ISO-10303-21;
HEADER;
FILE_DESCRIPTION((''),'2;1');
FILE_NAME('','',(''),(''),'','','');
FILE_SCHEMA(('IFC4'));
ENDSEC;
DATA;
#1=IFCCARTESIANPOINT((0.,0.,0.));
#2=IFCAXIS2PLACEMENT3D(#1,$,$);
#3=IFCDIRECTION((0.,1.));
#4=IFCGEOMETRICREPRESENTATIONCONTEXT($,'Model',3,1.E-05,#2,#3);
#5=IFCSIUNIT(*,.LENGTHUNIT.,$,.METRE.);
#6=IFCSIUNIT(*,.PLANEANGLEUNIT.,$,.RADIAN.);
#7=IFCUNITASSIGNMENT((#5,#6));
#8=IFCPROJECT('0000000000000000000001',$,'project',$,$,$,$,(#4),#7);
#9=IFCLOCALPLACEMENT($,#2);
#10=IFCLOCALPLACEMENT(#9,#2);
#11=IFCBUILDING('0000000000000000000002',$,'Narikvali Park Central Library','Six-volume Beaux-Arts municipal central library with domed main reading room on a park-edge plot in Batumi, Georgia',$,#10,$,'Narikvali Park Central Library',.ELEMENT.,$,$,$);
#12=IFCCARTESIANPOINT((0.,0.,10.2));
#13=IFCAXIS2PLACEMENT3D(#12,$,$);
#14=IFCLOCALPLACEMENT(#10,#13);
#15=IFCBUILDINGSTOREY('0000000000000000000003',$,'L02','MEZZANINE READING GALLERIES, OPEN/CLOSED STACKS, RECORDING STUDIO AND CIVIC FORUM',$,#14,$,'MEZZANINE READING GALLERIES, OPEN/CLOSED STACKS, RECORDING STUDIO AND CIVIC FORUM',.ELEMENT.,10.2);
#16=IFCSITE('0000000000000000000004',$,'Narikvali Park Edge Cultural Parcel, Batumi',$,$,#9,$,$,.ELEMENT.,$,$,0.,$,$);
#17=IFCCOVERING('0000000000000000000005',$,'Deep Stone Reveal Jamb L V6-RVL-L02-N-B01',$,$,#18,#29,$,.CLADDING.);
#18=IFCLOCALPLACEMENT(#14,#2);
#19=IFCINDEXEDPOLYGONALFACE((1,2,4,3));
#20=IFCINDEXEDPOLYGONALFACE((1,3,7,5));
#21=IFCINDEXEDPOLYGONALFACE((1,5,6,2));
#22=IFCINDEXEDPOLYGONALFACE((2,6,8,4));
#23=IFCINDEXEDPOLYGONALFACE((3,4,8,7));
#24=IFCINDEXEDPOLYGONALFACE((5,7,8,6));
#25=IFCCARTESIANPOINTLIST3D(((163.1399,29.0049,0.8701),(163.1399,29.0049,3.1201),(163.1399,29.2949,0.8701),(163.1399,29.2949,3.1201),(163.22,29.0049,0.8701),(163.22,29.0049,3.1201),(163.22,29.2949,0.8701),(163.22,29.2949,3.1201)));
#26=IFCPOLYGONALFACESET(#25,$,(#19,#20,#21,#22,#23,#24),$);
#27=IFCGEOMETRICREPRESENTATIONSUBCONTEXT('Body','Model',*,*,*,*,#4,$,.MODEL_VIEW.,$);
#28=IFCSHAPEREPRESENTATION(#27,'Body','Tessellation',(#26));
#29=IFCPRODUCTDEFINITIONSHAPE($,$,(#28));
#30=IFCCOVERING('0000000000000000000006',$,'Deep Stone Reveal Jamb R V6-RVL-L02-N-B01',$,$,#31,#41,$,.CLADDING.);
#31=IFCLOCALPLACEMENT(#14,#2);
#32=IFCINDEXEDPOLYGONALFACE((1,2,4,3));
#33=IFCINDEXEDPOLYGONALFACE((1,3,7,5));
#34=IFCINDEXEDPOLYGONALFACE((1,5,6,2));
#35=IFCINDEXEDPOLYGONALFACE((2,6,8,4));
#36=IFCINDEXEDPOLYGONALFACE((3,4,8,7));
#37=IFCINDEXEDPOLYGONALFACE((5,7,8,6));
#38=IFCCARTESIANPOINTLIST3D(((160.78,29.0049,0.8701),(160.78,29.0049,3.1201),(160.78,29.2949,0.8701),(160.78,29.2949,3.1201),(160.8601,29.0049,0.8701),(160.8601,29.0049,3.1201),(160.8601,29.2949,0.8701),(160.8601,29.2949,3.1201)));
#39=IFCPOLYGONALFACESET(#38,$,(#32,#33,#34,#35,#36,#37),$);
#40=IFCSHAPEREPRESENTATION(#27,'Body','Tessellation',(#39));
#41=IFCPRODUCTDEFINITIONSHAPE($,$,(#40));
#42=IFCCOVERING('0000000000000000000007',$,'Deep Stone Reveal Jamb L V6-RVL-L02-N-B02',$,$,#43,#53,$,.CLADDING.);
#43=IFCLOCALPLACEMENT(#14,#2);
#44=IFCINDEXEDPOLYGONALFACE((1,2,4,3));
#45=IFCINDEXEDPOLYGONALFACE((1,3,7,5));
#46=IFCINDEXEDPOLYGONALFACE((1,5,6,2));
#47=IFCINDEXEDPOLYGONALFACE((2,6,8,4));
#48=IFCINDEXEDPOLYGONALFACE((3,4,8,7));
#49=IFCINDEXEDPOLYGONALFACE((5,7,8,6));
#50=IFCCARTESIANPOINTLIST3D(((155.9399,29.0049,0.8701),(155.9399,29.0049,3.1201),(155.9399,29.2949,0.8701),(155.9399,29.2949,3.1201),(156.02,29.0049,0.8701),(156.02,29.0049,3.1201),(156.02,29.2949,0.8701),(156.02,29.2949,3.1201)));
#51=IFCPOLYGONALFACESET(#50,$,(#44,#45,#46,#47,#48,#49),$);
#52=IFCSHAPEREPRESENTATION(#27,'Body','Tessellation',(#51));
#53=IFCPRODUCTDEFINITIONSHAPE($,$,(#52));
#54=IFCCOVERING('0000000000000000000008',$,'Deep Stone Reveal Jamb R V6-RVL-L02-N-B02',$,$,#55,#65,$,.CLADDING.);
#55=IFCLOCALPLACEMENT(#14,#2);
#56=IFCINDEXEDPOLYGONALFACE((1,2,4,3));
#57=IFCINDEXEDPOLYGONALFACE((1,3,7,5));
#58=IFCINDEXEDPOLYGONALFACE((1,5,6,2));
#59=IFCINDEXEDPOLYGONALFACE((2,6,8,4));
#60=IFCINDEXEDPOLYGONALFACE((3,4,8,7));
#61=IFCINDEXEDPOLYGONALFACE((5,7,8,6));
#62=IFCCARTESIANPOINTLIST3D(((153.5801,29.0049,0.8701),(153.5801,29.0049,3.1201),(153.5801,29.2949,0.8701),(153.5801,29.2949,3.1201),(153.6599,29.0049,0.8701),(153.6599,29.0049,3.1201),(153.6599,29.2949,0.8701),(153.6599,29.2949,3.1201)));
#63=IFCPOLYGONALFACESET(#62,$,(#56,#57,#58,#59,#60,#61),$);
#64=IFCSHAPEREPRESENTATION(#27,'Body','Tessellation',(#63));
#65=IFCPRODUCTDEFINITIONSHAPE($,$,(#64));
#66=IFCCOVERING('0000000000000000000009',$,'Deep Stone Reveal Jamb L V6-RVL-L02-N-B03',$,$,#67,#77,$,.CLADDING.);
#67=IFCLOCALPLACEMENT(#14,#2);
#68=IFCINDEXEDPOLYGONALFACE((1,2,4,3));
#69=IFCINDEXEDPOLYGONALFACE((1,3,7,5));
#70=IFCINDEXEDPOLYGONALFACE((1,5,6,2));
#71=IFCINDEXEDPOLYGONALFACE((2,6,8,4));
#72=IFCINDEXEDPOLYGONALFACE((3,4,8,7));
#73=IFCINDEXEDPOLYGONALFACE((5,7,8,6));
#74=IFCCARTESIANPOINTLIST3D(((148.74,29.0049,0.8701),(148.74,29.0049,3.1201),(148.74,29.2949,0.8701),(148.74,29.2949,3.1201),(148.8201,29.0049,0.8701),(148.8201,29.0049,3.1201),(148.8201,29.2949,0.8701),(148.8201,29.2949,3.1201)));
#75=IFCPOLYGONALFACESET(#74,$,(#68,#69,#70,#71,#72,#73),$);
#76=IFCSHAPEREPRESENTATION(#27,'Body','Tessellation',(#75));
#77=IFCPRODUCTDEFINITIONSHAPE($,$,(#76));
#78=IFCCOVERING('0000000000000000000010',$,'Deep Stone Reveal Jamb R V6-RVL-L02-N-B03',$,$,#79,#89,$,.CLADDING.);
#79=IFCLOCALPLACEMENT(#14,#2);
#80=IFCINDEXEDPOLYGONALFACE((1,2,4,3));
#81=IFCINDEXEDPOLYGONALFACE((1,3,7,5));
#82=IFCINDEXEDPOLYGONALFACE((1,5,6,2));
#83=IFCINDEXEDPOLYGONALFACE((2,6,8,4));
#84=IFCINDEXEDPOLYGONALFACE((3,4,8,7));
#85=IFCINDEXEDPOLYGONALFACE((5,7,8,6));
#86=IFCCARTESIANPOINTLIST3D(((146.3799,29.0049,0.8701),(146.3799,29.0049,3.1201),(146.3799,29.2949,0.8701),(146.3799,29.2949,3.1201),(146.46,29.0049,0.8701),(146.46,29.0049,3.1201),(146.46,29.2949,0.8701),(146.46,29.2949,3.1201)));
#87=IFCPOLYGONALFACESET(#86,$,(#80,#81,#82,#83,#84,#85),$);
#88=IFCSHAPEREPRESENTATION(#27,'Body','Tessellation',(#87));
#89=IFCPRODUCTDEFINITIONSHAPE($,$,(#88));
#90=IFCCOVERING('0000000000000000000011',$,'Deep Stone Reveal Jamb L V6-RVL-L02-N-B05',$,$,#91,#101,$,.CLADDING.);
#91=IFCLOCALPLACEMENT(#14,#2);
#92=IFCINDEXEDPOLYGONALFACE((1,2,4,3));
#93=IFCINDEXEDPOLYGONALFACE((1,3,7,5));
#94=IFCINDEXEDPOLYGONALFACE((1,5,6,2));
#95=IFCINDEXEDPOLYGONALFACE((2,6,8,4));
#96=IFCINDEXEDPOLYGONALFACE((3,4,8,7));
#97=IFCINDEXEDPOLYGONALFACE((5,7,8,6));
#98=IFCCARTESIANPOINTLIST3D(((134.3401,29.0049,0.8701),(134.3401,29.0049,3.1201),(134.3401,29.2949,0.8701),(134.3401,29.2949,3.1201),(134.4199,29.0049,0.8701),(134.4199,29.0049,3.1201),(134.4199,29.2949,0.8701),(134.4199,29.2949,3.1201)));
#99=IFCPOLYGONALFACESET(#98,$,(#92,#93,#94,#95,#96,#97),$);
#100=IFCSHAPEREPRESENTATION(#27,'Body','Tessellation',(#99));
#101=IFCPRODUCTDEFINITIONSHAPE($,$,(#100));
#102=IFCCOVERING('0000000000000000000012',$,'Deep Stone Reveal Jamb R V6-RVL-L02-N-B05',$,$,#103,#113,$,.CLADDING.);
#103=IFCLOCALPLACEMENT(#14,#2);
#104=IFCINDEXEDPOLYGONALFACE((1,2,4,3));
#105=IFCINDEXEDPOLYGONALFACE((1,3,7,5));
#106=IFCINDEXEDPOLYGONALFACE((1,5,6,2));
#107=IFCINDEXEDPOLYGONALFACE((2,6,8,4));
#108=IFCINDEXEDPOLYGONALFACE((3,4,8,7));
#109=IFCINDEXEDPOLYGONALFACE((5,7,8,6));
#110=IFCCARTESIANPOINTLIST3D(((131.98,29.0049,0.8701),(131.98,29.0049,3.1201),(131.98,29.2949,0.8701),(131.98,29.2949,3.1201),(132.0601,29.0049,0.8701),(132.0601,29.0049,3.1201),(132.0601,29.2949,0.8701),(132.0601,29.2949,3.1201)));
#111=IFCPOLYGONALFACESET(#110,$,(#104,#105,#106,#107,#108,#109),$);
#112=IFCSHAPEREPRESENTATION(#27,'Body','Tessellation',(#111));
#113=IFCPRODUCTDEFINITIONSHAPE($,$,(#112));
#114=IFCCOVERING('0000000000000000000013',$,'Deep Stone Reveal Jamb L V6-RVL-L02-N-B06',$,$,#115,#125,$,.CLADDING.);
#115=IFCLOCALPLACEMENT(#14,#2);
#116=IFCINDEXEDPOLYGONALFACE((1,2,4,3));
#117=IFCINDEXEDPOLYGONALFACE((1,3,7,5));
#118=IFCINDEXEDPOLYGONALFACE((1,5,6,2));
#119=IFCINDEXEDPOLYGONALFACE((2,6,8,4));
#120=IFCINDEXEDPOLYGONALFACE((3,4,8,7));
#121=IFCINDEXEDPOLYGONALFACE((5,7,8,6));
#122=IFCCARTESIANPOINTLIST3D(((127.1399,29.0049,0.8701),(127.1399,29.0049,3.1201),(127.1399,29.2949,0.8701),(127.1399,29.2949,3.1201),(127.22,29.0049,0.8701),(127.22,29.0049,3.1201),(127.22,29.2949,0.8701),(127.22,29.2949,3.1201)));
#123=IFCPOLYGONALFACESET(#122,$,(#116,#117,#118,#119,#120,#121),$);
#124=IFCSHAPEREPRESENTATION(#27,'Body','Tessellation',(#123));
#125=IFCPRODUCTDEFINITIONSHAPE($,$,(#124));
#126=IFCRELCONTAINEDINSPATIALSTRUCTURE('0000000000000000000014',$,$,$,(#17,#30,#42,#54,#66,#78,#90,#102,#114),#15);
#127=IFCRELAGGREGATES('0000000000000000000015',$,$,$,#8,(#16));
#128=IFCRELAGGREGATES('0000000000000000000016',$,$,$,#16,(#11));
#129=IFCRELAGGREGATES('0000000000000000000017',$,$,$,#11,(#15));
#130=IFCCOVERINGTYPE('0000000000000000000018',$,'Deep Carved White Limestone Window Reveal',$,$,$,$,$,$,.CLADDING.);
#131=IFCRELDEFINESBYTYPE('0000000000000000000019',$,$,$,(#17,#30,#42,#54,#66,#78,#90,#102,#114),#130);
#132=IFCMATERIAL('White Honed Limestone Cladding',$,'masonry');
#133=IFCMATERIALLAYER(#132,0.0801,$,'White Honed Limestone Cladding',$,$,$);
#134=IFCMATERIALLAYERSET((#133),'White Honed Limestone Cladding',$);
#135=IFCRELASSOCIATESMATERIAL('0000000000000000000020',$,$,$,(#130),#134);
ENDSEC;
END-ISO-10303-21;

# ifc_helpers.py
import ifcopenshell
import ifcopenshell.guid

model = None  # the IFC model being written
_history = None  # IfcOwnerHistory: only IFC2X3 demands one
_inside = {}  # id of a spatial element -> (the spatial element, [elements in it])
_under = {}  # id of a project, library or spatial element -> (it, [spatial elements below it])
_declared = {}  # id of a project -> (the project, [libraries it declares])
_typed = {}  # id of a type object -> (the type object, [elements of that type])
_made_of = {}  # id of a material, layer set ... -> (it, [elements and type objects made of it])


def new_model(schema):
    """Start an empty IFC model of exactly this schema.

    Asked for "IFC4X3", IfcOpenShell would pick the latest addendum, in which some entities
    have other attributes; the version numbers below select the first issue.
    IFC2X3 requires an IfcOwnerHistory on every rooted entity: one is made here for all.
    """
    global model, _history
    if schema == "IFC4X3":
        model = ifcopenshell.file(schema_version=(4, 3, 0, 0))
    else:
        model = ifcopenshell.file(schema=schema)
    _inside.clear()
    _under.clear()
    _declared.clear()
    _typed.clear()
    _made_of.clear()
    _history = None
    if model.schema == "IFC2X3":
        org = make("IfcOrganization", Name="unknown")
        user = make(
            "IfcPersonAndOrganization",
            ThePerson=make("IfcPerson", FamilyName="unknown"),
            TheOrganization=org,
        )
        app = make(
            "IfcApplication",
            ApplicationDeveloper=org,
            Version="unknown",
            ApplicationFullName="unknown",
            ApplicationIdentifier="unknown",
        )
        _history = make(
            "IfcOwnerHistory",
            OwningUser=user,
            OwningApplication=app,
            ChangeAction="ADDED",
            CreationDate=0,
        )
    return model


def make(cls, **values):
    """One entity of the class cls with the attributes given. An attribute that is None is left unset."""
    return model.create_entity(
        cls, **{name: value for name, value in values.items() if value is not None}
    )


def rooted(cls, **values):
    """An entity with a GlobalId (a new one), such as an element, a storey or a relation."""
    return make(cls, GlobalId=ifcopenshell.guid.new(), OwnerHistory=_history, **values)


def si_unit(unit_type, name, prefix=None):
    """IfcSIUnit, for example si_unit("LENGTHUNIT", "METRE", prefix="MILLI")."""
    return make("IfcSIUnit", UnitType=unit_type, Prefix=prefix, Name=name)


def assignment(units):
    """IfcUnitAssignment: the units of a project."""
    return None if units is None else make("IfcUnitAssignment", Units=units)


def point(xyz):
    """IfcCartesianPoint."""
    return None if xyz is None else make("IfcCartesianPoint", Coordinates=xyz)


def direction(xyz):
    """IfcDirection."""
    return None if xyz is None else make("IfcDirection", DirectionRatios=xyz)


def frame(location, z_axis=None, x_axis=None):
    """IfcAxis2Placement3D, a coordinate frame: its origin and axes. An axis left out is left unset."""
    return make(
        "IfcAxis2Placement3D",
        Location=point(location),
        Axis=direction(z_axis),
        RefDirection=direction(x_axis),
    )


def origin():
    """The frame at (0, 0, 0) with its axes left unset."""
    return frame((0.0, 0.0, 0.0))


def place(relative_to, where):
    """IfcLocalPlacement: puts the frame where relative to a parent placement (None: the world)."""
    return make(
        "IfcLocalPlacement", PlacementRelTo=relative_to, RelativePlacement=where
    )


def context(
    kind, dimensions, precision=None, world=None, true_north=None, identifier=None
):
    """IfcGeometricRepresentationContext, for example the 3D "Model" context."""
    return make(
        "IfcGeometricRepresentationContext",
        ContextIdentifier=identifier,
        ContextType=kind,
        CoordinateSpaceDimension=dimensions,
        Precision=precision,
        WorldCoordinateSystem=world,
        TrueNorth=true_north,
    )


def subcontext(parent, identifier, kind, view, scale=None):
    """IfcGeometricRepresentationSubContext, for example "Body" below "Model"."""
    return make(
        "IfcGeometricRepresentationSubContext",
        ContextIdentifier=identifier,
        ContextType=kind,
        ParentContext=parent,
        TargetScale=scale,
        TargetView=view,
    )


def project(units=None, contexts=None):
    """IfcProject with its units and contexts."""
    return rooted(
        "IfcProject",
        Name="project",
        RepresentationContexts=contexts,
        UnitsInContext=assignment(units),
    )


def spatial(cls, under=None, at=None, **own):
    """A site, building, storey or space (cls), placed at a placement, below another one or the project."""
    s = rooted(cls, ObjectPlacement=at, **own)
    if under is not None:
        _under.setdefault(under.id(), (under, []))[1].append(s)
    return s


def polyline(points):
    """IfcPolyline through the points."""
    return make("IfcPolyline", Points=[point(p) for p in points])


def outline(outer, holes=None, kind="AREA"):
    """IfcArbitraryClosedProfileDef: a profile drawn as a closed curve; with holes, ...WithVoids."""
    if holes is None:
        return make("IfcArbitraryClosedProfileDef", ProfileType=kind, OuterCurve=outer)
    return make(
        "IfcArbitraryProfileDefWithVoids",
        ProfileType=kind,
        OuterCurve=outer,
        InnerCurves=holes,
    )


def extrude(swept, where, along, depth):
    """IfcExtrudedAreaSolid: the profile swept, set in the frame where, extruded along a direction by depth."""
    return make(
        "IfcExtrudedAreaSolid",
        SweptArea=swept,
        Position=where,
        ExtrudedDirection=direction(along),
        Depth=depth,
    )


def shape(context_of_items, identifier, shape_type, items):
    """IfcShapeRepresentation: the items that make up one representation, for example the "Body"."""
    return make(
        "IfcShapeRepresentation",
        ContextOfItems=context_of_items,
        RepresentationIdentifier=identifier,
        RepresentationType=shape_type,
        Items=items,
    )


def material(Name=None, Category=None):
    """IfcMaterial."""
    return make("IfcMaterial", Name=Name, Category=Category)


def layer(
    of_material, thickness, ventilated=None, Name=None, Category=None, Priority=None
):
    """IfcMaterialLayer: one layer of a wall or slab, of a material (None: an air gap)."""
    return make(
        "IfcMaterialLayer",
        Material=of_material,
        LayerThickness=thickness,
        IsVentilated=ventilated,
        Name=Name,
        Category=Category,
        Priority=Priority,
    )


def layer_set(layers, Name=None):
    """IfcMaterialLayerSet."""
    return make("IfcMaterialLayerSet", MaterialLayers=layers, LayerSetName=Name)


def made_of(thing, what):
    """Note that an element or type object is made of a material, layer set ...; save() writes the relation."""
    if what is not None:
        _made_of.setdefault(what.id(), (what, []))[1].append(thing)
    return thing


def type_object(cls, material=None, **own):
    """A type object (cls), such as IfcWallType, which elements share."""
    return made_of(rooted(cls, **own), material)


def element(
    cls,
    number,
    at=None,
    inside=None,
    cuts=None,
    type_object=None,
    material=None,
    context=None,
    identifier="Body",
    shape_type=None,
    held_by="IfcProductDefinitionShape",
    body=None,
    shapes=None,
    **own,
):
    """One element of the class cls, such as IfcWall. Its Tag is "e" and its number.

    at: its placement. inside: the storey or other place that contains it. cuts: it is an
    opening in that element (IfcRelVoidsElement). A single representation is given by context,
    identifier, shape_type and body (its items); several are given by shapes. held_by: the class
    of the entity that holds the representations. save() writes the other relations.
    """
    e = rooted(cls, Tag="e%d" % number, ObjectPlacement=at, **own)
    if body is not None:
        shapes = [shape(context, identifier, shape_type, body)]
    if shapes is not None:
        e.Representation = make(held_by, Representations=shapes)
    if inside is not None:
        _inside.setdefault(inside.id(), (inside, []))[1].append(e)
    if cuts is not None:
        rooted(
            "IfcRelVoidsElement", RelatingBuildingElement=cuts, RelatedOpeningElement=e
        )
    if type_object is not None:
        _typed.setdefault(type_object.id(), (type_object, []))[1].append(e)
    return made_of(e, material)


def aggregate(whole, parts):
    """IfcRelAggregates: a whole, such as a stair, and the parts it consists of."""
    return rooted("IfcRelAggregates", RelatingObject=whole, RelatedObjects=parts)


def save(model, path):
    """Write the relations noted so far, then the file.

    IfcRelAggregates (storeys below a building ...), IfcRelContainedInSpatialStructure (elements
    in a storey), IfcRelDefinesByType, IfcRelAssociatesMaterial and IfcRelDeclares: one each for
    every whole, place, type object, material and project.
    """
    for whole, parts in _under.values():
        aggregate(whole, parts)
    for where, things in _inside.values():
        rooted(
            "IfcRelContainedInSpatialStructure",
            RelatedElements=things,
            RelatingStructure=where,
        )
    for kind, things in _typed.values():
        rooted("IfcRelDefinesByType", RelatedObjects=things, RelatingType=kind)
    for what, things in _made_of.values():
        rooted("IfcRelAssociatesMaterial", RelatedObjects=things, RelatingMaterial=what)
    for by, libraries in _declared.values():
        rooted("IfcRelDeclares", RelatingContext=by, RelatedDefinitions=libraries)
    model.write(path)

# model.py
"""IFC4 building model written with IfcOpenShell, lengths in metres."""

from ifc_helpers import new_model, si_unit, direction, frame, origin, place, context, subcontext, project, spatial, polyline, outline, extrude, material, layer, layer_set, type_object, element, save


model = new_model("IFC4")

# Units and contexts
model_context = context("Model", 3, precision=1e-05, world=origin(), true_north=direction((0.0, 1.0)))
body_context = subcontext(model_context, "Body", "Model", "MODEL_VIEW")
ifc_project = project(units=[si_unit("LENGTHUNIT", "METRE"), si_unit("PLANEANGLEUNIT", "RADIAN")], contexts=[model_context])

# Site, building, storey
site_placement = place(None, origin())
site = spatial("IfcSite", under=ifc_project, at=site_placement, Name="Narikvali Park Edge Cultural Parcel, Batumi", CompositionType="ELEMENT", RefElevation=0.0)
building_placement = place(site_placement, origin())
building = spatial("IfcBuilding", under=site, at=building_placement, Name="Narikvali Park Central Library", Description="Six-volume Beaux-Arts municipal central library with domed main reading room on a park-edge plot in Batumi, Georgia", LongName="Narikvali Park Central Library", CompositionType="ELEMENT")
storey_placement = place(building_placement, frame((0.0, 0.0, 10.2)))
storey = spatial("IfcBuildingStorey", under=building, at=storey_placement, Name="L02", Description="MEZZANINE READING GALLERIES, OPEN/CLOSED STACKS, RECORDING STUDIO AND CIVIC FORUM", LongName="MEZZANINE READING GALLERIES, OPEN/CLOSED STACKS, RECORDING STUDIO AND CIVIC FORUM", CompositionType="ELEMENT", Elevation=10.2)

# Coverings
ifc_material = material(Name="White Honed Limestone Cladding", Category="masonry")
ifc_layer = layer(ifc_material, 0.0801, Name="White Honed Limestone Cladding")
ifc_layer_set = layer_set([ifc_layer], Name="White Honed Limestone Cladding")
covering_type = type_object("IfcCoveringType", Name="Deep Carved White Limestone Window Reveal", PredefinedType="CLADDING", material=ifc_layer_set)
covering_1_placement = place(storey_placement, frame((0.0, 0.0, 0.8701)))
element("IfcCovering", 1, at=covering_1_placement, inside=storey, type_object=covering_type, Name="Deep Stone Reveal Jamb L V6-RVL-L02-N-B01", PredefinedType="CLADDING", context=body_context, shape_type="SweptSolid", body=[
    extrude(outline(polyline([(163.22, 29.0049), (163.1399, 29.0049), (163.1399, 29.2949), (163.22, 29.2949), (163.22, 29.0049)])), origin(), (0.0, 0.0, 1.0), 2.25),
])
covering_2_placement = place(storey_placement, frame((0.0, 0.0, 0.8701)))
element("IfcCovering", 2, at=covering_2_placement, inside=storey, type_object=covering_type, Name="Deep Stone Reveal Jamb R V6-RVL-L02-N-B01", PredefinedType="CLADDING", context=body_context, shape_type="SweptSolid", body=[
    extrude(outline(polyline([(160.8601, 29.0049), (160.78, 29.0049), (160.78, 29.2949), (160.8601, 29.2949), (160.8601, 29.0049)])), origin(), (0.0, 0.0, 1.0), 2.25),
])
covering_3_placement = place(storey_placement, frame((0.0, 0.0, 0.8701)))
element("IfcCovering", 3, at=covering_3_placement, inside=storey, type_object=covering_type, Name="Deep Stone Reveal Jamb L V6-RVL-L02-N-B02", PredefinedType="CLADDING", context=body_context, shape_type="SweptSolid", body=[
    extrude(outline(polyline([(156.02, 29.0049), (155.9399, 29.0049), (155.9399, 29.2949), (156.02, 29.2949), (156.02, 29.0049)])), origin(), (0.0, 0.0, 1.0), 2.25),
])
covering_4_placement = place(storey_placement, frame((0.0, 0.0, 0.8701)))
element("IfcCovering", 4, at=covering_4_placement, inside=storey, type_object=covering_type, Name="Deep Stone Reveal Jamb R V6-RVL-L02-N-B02", PredefinedType="CLADDING", context=body_context, shape_type="SweptSolid", body=[
    extrude(outline(polyline([(153.6599, 29.0049), (153.5801, 29.0049), (153.5801, 29.2949), (153.6599, 29.2949), (153.6599, 29.0049)])), origin(), (0.0, 0.0, 1.0), 2.25),
])
covering_5_placement = place(storey_placement, frame((0.0, 0.0, 0.8701)))
element("IfcCovering", 5, at=covering_5_placement, inside=storey, type_object=covering_type, Name="Deep Stone Reveal Jamb L V6-RVL-L02-N-B03", PredefinedType="CLADDING", context=body_context, shape_type="SweptSolid", body=[
    extrude(outline(polyline([(148.8201, 29.0049), (148.74, 29.0049), (148.74, 29.2949), (148.8201, 29.2949), (148.8201, 29.0049)])), origin(), (0.0, 0.0, 1.0), 2.25),
])
covering_6_placement = place(storey_placement, frame((0.0, 0.0, 0.8701)))
element("IfcCovering", 6, at=covering_6_placement, inside=storey, type_object=covering_type, Name="Deep Stone Reveal Jamb R V6-RVL-L02-N-B03", PredefinedType="CLADDING", context=body_context, shape_type="SweptSolid", body=[
    extrude(outline(polyline([(146.46, 29.0049), (146.3799, 29.0049), (146.3799, 29.2949), (146.46, 29.2949), (146.46, 29.0049)])), origin(), (0.0, 0.0, 1.0), 2.25),
])
covering_7_placement = place(storey_placement, frame((0.0, 0.0, 0.8701)))
element("IfcCovering", 7, at=covering_7_placement, inside=storey, type_object=covering_type, Name="Deep Stone Reveal Jamb L V6-RVL-L02-N-B05", PredefinedType="CLADDING", context=body_context, shape_type="SweptSolid", body=[
    extrude(outline(polyline([(134.4199, 29.0049), (134.3401, 29.0049), (134.3401, 29.2949), (134.4199, 29.2949), (134.4199, 29.0049)])), origin(), (0.0, 0.0, 1.0), 2.25),
])
covering_8_placement = place(storey_placement, frame((0.0, 0.0, 0.8701)))
element("IfcCovering", 8, at=covering_8_placement, inside=storey, type_object=covering_type, Name="Deep Stone Reveal Jamb R V6-RVL-L02-N-B05", PredefinedType="CLADDING", context=body_context, shape_type="SweptSolid", body=[
    extrude(outline(polyline([(132.0601, 29.0049), (131.98, 29.0049), (131.98, 29.2949), (132.0601, 29.2949), (132.0601, 29.0049)])), origin(), (0.0, 0.0, 1.0), 2.25),
])
covering_9_placement = place(storey_placement, frame((0.0, 0.0, 0.8701)))
element("IfcCovering", 9, at=covering_9_placement, inside=storey, type_object=covering_type, Name="Deep Stone Reveal Jamb L V6-RVL-L02-N-B06", PredefinedType="CLADDING", context=body_context, shape_type="SweptSolid", body=[
    extrude(outline(polyline([(127.22, 29.0049), (127.1399, 29.0049), (127.1399, 29.2949), (127.22, 29.2949), (127.22, 29.0049)])), origin(), (0.0, 0.0, 1.0), 2.25),
])

save(model, "model.ifc")
